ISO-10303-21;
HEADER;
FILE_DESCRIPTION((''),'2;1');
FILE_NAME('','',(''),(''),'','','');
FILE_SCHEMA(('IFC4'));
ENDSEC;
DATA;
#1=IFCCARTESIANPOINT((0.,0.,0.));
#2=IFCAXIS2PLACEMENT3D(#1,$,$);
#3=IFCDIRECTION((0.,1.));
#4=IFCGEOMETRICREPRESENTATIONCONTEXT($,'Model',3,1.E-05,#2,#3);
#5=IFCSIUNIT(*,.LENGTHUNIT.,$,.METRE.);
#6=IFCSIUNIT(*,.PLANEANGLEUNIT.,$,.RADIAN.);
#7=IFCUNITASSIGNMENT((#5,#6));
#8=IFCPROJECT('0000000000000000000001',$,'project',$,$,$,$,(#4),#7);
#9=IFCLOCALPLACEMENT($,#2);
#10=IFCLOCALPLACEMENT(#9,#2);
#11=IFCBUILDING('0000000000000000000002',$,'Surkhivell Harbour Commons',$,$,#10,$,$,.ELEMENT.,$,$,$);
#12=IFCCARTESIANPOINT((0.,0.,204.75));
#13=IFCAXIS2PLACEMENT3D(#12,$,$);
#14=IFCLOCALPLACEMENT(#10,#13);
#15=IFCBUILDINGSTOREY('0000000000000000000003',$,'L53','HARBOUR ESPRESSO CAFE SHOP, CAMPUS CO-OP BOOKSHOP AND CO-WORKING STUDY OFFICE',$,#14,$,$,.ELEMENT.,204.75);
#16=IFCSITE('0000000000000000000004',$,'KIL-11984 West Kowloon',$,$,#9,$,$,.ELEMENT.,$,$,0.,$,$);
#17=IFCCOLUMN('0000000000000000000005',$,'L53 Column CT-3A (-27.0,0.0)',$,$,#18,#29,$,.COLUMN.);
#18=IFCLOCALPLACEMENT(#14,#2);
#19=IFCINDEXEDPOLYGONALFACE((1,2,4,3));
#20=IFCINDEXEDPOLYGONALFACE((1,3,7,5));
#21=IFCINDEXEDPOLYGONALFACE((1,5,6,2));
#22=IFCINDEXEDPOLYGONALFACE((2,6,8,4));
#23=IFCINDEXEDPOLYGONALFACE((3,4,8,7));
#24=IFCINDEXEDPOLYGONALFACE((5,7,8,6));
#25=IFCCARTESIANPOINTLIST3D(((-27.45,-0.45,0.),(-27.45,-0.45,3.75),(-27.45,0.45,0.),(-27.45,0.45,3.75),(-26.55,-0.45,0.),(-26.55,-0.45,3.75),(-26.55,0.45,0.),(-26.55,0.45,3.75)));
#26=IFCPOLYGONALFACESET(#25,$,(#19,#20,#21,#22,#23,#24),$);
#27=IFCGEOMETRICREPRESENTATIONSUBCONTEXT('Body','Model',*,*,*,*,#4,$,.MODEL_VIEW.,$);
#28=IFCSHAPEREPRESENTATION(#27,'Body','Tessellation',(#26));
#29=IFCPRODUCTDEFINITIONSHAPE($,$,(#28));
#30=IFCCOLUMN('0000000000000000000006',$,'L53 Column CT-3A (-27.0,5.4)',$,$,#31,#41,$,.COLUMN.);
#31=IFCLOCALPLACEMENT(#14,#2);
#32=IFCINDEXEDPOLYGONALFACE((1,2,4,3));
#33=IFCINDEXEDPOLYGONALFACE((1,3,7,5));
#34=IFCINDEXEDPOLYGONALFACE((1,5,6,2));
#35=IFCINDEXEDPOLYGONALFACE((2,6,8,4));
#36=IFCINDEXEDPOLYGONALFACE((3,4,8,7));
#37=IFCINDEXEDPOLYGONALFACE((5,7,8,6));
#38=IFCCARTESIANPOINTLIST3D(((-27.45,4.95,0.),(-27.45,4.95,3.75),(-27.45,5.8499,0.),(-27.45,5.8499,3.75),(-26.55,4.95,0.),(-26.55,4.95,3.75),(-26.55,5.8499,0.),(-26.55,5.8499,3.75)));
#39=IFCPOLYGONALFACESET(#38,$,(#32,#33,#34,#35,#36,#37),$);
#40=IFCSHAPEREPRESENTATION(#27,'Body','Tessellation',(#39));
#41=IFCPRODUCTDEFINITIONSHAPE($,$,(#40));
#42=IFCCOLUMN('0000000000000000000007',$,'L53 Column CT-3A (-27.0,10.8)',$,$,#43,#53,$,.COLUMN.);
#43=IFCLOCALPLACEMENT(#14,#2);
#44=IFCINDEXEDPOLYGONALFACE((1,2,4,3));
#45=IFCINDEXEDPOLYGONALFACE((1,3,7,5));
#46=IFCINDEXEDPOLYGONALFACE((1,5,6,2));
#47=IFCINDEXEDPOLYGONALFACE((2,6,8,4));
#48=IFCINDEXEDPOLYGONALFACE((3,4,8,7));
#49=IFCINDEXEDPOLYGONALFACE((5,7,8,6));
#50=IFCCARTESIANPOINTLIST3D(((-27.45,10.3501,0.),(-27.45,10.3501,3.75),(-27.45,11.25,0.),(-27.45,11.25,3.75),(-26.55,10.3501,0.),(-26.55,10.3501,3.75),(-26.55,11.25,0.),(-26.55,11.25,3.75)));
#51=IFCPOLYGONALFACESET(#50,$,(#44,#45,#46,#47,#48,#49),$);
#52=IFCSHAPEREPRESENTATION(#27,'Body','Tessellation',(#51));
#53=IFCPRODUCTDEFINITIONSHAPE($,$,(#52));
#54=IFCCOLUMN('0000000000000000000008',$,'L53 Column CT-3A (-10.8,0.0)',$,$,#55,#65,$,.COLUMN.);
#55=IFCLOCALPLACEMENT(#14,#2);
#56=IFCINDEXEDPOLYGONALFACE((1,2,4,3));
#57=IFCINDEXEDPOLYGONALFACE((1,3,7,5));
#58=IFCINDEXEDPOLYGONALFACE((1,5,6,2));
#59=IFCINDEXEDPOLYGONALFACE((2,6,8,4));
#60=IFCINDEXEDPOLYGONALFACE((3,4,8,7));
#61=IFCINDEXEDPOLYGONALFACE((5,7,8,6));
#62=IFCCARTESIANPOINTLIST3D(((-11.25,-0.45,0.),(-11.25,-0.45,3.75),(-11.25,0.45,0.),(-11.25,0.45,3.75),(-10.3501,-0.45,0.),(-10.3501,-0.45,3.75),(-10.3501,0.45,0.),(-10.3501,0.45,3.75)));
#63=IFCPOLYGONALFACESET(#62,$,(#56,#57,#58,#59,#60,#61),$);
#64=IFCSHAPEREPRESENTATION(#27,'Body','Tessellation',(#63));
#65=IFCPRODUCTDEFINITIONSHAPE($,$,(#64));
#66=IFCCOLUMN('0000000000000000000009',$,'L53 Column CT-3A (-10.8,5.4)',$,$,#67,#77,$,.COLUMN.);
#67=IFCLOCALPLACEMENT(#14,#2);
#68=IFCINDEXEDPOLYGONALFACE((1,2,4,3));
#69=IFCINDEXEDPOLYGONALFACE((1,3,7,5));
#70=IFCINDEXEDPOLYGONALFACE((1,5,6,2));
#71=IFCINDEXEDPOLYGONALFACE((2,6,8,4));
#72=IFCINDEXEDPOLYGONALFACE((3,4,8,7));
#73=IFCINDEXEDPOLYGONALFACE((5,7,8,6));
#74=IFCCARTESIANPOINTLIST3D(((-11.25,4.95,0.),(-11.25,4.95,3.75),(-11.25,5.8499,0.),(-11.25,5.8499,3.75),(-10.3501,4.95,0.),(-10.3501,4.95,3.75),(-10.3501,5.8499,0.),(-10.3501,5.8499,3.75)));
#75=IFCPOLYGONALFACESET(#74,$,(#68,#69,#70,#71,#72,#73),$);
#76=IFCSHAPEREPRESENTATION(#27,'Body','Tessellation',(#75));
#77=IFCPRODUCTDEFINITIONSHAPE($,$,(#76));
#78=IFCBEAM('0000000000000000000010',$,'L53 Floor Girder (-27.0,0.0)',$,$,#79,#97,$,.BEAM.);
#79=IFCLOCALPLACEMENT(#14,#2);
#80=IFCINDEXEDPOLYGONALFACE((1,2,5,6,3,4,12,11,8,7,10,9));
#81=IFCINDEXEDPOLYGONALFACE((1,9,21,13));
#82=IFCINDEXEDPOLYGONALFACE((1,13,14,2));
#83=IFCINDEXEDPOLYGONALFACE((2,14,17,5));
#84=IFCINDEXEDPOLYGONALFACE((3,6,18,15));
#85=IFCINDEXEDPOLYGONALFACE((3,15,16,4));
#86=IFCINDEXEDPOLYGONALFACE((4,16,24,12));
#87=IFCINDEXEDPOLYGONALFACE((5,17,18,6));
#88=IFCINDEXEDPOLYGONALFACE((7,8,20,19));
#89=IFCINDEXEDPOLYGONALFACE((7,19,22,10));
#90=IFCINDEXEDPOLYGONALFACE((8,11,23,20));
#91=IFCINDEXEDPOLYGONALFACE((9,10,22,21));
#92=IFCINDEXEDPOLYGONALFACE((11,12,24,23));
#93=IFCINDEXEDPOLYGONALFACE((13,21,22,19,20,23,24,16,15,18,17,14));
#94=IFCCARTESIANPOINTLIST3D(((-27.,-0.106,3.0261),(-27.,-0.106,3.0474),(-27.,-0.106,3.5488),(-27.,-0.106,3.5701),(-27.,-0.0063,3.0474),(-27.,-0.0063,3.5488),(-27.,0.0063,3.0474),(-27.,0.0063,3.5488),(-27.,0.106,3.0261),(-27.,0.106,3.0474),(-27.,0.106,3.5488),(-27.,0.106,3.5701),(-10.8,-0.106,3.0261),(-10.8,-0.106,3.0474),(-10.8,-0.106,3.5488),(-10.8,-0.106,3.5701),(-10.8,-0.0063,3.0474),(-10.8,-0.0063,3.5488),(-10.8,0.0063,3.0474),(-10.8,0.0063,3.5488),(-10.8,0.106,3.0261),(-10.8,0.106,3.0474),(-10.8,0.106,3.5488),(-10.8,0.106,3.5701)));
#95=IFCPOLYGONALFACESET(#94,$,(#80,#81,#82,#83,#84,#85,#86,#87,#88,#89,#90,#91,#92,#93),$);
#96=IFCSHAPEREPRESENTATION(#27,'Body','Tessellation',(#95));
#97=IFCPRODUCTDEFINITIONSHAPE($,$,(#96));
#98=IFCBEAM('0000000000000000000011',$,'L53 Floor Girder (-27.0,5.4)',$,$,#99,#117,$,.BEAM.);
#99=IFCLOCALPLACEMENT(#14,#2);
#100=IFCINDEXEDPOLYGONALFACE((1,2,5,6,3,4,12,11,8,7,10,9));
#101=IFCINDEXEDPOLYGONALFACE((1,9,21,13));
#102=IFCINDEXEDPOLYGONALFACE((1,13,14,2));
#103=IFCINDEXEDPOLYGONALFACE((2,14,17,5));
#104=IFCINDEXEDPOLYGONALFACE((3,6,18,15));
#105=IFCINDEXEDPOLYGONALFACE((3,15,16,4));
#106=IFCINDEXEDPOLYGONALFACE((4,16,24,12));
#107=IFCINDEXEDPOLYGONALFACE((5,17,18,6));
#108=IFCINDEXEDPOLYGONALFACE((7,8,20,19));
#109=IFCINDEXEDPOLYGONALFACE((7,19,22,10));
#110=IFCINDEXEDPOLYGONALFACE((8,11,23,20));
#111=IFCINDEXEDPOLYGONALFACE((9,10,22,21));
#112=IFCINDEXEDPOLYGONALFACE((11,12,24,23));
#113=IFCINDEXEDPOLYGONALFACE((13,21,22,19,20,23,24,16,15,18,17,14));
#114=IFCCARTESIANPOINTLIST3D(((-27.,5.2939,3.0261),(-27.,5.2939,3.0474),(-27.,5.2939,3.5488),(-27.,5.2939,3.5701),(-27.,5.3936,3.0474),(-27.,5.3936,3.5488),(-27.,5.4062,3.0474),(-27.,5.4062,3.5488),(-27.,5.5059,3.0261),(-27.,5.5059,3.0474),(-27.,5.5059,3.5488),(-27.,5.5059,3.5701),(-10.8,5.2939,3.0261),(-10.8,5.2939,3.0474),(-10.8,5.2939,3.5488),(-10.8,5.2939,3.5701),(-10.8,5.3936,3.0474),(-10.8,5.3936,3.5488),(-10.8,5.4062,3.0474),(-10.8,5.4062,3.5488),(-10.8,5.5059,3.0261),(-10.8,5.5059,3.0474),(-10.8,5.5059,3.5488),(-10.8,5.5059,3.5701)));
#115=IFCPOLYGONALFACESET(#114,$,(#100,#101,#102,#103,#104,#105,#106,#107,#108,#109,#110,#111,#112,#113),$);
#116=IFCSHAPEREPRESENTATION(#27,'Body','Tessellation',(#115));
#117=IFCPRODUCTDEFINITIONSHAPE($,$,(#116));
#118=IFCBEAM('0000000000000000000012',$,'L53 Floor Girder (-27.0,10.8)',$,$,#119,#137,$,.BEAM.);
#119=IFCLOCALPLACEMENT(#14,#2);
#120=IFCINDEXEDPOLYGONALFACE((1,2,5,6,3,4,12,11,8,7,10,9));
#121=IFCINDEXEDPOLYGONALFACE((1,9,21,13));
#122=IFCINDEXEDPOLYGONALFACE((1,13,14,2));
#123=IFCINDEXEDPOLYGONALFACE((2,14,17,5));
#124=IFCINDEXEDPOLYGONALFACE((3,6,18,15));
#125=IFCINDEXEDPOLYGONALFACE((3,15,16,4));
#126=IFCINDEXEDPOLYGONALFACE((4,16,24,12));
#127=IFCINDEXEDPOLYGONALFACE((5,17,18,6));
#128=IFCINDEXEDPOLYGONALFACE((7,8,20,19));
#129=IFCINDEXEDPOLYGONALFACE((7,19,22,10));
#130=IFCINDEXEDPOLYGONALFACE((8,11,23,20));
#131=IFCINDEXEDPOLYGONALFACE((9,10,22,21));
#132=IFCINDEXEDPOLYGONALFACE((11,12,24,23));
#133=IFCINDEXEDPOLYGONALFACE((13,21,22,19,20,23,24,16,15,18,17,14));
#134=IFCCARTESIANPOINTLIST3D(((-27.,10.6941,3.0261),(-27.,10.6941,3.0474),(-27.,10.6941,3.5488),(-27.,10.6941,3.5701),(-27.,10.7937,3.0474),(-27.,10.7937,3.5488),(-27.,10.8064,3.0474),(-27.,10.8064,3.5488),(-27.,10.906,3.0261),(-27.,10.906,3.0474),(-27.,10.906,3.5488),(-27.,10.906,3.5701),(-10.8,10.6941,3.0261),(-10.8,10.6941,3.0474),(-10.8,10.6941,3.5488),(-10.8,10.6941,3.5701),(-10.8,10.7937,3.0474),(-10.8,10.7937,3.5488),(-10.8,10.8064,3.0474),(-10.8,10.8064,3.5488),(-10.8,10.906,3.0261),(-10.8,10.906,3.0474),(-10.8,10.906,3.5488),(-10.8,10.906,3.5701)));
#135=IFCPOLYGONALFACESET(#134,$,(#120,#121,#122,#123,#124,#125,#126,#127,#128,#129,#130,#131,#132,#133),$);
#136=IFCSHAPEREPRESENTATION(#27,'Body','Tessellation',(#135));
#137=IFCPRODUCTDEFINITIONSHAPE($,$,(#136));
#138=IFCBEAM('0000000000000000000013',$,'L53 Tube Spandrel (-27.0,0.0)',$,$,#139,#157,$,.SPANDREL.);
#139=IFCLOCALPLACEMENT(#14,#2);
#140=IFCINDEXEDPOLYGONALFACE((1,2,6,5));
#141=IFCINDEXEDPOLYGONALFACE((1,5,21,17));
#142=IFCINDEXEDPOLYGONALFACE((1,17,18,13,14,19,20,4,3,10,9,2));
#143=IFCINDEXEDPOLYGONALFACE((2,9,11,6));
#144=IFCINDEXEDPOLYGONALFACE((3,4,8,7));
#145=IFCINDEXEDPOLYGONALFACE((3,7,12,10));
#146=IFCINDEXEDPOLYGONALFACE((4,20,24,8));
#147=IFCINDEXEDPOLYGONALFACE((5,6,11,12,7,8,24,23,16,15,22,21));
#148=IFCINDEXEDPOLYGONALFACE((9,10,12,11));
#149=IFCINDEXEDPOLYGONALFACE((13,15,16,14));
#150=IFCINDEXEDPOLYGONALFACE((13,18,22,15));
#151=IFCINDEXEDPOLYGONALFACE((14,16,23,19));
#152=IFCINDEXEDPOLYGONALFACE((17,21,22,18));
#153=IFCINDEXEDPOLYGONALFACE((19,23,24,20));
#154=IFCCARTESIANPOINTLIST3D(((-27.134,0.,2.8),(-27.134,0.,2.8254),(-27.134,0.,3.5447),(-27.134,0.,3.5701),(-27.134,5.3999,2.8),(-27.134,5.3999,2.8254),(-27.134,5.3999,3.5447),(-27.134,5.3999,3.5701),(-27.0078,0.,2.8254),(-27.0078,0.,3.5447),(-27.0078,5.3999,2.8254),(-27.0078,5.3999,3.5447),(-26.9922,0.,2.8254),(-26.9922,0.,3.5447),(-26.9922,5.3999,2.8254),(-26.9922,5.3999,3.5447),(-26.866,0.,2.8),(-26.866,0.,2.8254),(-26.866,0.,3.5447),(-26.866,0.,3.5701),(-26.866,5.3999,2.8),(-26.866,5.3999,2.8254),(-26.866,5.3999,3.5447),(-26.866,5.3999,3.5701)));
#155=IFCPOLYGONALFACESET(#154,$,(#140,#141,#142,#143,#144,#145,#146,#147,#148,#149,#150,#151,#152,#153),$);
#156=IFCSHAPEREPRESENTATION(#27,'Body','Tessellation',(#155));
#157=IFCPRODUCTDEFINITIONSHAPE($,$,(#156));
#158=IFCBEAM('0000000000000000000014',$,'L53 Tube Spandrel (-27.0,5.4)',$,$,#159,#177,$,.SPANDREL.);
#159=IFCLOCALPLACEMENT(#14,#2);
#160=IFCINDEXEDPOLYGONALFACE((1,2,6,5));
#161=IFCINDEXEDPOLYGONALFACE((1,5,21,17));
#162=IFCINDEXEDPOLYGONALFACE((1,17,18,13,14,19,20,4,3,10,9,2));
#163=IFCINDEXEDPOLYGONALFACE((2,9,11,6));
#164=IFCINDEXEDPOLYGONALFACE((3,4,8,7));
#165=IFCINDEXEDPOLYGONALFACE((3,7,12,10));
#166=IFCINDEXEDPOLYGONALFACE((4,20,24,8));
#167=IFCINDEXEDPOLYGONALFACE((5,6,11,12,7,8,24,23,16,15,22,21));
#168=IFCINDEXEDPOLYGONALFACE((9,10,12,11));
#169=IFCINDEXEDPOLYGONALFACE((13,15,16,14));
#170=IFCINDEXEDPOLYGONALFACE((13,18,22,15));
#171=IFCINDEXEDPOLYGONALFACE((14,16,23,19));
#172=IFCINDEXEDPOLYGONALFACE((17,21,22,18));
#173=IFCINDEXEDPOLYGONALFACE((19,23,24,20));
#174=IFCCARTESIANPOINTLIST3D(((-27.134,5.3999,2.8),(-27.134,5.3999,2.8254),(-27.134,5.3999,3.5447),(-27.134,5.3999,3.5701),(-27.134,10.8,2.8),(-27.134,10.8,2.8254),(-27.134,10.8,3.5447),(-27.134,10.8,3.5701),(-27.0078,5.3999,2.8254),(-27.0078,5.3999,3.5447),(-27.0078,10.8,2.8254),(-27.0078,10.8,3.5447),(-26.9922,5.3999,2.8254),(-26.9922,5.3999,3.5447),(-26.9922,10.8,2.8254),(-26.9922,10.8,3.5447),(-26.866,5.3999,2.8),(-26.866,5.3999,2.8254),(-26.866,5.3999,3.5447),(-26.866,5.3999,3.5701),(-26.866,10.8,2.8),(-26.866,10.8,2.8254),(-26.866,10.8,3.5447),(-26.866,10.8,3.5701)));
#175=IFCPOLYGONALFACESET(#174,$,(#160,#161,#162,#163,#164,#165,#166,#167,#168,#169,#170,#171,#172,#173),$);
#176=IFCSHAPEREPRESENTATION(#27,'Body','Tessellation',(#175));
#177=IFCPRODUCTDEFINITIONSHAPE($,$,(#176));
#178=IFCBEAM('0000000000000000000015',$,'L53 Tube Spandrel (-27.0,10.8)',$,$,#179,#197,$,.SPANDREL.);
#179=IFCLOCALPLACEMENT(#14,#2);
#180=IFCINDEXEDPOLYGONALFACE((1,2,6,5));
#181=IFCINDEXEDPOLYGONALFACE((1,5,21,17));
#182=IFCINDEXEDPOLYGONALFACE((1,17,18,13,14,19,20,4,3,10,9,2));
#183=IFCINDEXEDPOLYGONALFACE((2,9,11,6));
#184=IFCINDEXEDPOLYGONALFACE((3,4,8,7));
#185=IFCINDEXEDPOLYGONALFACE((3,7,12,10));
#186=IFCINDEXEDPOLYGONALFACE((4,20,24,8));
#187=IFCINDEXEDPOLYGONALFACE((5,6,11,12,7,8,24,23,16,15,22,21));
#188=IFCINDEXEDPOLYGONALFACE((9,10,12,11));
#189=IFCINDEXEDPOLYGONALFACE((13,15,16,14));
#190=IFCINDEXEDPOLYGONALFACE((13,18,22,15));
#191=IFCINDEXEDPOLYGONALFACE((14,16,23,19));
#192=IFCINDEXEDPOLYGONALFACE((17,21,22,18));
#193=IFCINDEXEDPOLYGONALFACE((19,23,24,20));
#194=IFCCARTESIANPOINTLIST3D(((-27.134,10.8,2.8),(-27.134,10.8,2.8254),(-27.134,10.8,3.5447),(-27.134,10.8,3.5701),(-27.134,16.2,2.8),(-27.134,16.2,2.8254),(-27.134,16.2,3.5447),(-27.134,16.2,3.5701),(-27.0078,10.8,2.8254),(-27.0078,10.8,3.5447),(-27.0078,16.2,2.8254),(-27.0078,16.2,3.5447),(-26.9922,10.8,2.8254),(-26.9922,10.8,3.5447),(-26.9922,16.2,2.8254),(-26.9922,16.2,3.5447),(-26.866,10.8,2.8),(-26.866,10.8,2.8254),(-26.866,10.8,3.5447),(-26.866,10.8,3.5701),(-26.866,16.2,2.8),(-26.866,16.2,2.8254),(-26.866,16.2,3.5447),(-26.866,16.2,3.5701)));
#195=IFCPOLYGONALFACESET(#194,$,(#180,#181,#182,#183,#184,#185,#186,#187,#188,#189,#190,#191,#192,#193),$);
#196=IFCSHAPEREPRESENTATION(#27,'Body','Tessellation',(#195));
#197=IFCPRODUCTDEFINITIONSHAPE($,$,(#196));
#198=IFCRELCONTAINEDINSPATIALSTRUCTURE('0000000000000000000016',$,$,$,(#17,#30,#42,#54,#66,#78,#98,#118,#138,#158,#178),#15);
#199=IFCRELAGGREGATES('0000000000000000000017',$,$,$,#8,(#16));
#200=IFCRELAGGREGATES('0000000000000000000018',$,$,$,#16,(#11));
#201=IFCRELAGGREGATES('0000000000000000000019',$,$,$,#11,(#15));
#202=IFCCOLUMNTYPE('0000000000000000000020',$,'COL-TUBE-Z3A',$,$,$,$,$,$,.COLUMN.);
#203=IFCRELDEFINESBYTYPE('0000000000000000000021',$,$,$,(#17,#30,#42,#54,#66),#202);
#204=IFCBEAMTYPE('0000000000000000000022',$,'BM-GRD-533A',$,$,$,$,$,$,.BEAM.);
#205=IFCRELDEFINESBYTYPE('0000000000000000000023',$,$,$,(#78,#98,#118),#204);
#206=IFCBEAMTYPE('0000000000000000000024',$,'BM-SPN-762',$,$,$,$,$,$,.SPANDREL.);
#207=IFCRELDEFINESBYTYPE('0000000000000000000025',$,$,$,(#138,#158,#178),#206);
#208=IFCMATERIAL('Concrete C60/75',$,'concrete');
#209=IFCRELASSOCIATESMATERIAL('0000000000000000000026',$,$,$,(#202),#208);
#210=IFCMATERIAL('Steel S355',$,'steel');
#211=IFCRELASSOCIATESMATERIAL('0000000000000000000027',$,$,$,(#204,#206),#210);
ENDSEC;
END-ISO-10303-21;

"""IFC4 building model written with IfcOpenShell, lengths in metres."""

from ifc_helpers import new_model, si_unit, direction, frame, origin, origin_2d, place, context, subcontext, project, spatial, rectangle, i_section, extrude, material, material_profile, profile_set, type_object, element, save


model = new_model("IFC4")

# Units and contexts
model_context = context("Model", 3, precision=1e-05, world=origin(), true_north=direction((0.0, 1.0)))
body_context = subcontext(model_context, "Body", "Model", "MODEL_VIEW")
ifc_project = project(units=[si_unit("LENGTHUNIT", "METRE"), si_unit("PLANEANGLEUNIT", "RADIAN")], contexts=[model_context])

# Site, building, storey
site_placement = place(None, origin())
site = spatial("IfcSite", under=ifc_project, at=site_placement, Name="KIL-11984 West Kowloon", CompositionType="ELEMENT", RefElevation=0.0)
building_placement = place(site_placement, origin())
building = spatial("IfcBuilding", under=site, at=building_placement, Name="Surkhivell Harbour Commons", CompositionType="ELEMENT")
storey_placement = place(building_placement, frame((0.0, 0.0, 204.75)))
storey = spatial("IfcBuildingStorey", under=building, at=storey_placement, Name="L53", Description="HARBOUR ESPRESSO CAFE SHOP, CAMPUS CO-OP BOOKSHOP AND CO-WORKING STUDY OFFICE", CompositionType="ELEMENT", Elevation=204.75)

# Columns
ifc_material_1 = material(Name="Concrete C60/75", Category="concrete")
ifc_material_profile_1 = material_profile(ifc_material_1, rectangle(XDim=0.8999, YDim=0.8999, at=origin_2d()), Name="RC-COL-900x900")
ifc_profile_set_1 = profile_set([ifc_material_profile_1], Name="Concrete C60/75")
column_type = type_object("IfcColumnType", Name="COL-TUBE-Z3A", PredefinedType="COLUMN", material=ifc_profile_set_1)
for number, where, z_axis, x_axis, name in (
    (1, (-27.0, 0.0, 0.0), (0.0, 0.0, 1.0), (1.0, 0.0, 0.0), "L53 Column CT-3A (-27.0,0.0)"),
    (2, (-27.0, 5.3999, 0.0), (0.0, 0.0, 1.0), (1.0, 0.0, 0.0), "L53 Column CT-3A (-27.0,5.4)"),
    (3, (-27.0, 10.8, 0.0), (0.0, 0.0, 1.0), (1.0, 0.0, 0.0), "L53 Column CT-3A (-27.0,10.8)"),
    (4, (-10.8, 0.0, 0.0), (0.0, 0.0, 1.0), (1.0, 0.0, 0.0), "L53 Column CT-3A (-10.8,0.0)"),
    (5, (-10.8, 5.3999, 0.0), (0.0, 0.0, 1.0), (1.0, 0.0, 0.0), "L53 Column CT-3A (-10.8,5.4)"),
):
    element("IfcColumn", number, at=place(storey_placement, frame(where, z_axis=z_axis, x_axis=x_axis)), inside=storey, type_object=column_type, Name=name, PredefinedType="COLUMN", context=body_context, shape_type="SweptSolid", body=[
        extrude(rectangle(XDim=0.8999, YDim=0.8999, at=origin_2d()), origin(), (0.0, 0.0, 1.0), 3.75),
    ])

# Beams
ifc_material_2 = material(Name="Steel S355", Category="steel")
ifc_material_profile_2 = material_profile(ifc_material_2, i_section(OverallWidth=0.2119, OverallDepth=0.5439, WebThickness=0.0127, FlangeThickness=0.0212, at=origin_2d()), Name="UB533x210x122")
ifc_profile_set_2 = profile_set([ifc_material_profile_2], Name="Steel S355")
beam_type_1 = type_object("IfcBeamType", Name="BM-GRD-533A", PredefinedType="BEAM", material=ifc_profile_set_2)
for number, where, z_axis, x_axis, name in (
    (6, (-27.0, 0.0, 3.2981), (1.0, 0.0, 0.0), (0.0, 1.0, 0.0), "L53 Floor Girder (-27.0,0.0)"),
    (7, (-27.0, 5.3999, 3.2981), (1.0, 0.0, 0.0), (0.0, 1.0, 0.0), "L53 Floor Girder (-27.0,5.4)"),
    (8, (-27.0, 10.8, 3.2981), (1.0, 0.0, 0.0), (0.0, 1.0, 0.0), "L53 Floor Girder (-27.0,10.8)"),
):
    element("IfcBeam", number, at=place(storey_placement, frame(where, z_axis=z_axis, x_axis=x_axis)), inside=storey, type_object=beam_type_1, Name=name, PredefinedType="BEAM", context=body_context, shape_type="SweptSolid", body=[
        extrude(i_section(OverallWidth=0.2119, OverallDepth=0.5439, WebThickness=0.0127, FlangeThickness=0.0212, at=origin_2d()), origin(), (0.0, 0.0, 1.0), 16.2),
    ])
ifc_material_profile_3 = material_profile(ifc_material_2, i_section(OverallWidth=0.2681, OverallDepth=0.77, WebThickness=0.0156, FlangeThickness=0.0254, at=origin_2d()), Name="UB762x267x197")
ifc_profile_set_3 = profile_set([ifc_material_profile_3], Name="Steel S355")
beam_type_2 = type_object("IfcBeamType", Name="BM-SPN-762", PredefinedType="SPANDREL", material=ifc_profile_set_3)
beam_1_placement = place(storey_placement, frame((-27.0, 0.0, 3.1851), z_axis=(0.0, 1.0, 0.0), x_axis=(-1.0, 0.0, 0.0)))
element("IfcBeam", 9, at=beam_1_placement, inside=storey, type_object=beam_type_2, Name="L53 Tube Spandrel (-27.0,0.0)", PredefinedType="SPANDREL", context=body_context, shape_type="SweptSolid", body=[
    extrude(i_section(OverallWidth=0.2681, OverallDepth=0.77, WebThickness=0.0156, FlangeThickness=0.0254, at=origin_2d()), origin(), (0.0, 0.0, 1.0), 5.3999),
])
beam_2_placement = place(storey_placement, frame((-27.0, 5.3999, 3.1851), z_axis=(0.0, 1.0, 0.0), x_axis=(-1.0, 0.0, 0.0)))
element("IfcBeam", 10, at=beam_2_placement, inside=storey, type_object=beam_type_2, Name="L53 Tube Spandrel (-27.0,5.4)", PredefinedType="SPANDREL", context=body_context, shape_type="SweptSolid", body=[
    extrude(i_section(OverallWidth=0.2681, OverallDepth=0.77, WebThickness=0.0156, FlangeThickness=0.0254, at=origin_2d()), origin(), (0.0, 0.0, 1.0), 5.4001),
])
beam_3_placement = place(storey_placement, frame((-27.0, 10.8, 3.1851), z_axis=(0.0, 1.0, 0.0), x_axis=(-1.0, 0.0, 0.0)))
element("IfcBeam", 11, at=beam_3_placement, inside=storey, type_object=beam_type_2, Name="L53 Tube Spandrel (-27.0,10.8)", PredefinedType="SPANDREL", context=body_context, shape_type="SweptSolid", body=[
    extrude(i_section(OverallWidth=0.2681, OverallDepth=0.77, WebThickness=0.0156, FlangeThickness=0.0254, at=origin_2d()), origin(), (0.0, 0.0, 1.0), 5.3999),
])

save(model, "model.ifc")
